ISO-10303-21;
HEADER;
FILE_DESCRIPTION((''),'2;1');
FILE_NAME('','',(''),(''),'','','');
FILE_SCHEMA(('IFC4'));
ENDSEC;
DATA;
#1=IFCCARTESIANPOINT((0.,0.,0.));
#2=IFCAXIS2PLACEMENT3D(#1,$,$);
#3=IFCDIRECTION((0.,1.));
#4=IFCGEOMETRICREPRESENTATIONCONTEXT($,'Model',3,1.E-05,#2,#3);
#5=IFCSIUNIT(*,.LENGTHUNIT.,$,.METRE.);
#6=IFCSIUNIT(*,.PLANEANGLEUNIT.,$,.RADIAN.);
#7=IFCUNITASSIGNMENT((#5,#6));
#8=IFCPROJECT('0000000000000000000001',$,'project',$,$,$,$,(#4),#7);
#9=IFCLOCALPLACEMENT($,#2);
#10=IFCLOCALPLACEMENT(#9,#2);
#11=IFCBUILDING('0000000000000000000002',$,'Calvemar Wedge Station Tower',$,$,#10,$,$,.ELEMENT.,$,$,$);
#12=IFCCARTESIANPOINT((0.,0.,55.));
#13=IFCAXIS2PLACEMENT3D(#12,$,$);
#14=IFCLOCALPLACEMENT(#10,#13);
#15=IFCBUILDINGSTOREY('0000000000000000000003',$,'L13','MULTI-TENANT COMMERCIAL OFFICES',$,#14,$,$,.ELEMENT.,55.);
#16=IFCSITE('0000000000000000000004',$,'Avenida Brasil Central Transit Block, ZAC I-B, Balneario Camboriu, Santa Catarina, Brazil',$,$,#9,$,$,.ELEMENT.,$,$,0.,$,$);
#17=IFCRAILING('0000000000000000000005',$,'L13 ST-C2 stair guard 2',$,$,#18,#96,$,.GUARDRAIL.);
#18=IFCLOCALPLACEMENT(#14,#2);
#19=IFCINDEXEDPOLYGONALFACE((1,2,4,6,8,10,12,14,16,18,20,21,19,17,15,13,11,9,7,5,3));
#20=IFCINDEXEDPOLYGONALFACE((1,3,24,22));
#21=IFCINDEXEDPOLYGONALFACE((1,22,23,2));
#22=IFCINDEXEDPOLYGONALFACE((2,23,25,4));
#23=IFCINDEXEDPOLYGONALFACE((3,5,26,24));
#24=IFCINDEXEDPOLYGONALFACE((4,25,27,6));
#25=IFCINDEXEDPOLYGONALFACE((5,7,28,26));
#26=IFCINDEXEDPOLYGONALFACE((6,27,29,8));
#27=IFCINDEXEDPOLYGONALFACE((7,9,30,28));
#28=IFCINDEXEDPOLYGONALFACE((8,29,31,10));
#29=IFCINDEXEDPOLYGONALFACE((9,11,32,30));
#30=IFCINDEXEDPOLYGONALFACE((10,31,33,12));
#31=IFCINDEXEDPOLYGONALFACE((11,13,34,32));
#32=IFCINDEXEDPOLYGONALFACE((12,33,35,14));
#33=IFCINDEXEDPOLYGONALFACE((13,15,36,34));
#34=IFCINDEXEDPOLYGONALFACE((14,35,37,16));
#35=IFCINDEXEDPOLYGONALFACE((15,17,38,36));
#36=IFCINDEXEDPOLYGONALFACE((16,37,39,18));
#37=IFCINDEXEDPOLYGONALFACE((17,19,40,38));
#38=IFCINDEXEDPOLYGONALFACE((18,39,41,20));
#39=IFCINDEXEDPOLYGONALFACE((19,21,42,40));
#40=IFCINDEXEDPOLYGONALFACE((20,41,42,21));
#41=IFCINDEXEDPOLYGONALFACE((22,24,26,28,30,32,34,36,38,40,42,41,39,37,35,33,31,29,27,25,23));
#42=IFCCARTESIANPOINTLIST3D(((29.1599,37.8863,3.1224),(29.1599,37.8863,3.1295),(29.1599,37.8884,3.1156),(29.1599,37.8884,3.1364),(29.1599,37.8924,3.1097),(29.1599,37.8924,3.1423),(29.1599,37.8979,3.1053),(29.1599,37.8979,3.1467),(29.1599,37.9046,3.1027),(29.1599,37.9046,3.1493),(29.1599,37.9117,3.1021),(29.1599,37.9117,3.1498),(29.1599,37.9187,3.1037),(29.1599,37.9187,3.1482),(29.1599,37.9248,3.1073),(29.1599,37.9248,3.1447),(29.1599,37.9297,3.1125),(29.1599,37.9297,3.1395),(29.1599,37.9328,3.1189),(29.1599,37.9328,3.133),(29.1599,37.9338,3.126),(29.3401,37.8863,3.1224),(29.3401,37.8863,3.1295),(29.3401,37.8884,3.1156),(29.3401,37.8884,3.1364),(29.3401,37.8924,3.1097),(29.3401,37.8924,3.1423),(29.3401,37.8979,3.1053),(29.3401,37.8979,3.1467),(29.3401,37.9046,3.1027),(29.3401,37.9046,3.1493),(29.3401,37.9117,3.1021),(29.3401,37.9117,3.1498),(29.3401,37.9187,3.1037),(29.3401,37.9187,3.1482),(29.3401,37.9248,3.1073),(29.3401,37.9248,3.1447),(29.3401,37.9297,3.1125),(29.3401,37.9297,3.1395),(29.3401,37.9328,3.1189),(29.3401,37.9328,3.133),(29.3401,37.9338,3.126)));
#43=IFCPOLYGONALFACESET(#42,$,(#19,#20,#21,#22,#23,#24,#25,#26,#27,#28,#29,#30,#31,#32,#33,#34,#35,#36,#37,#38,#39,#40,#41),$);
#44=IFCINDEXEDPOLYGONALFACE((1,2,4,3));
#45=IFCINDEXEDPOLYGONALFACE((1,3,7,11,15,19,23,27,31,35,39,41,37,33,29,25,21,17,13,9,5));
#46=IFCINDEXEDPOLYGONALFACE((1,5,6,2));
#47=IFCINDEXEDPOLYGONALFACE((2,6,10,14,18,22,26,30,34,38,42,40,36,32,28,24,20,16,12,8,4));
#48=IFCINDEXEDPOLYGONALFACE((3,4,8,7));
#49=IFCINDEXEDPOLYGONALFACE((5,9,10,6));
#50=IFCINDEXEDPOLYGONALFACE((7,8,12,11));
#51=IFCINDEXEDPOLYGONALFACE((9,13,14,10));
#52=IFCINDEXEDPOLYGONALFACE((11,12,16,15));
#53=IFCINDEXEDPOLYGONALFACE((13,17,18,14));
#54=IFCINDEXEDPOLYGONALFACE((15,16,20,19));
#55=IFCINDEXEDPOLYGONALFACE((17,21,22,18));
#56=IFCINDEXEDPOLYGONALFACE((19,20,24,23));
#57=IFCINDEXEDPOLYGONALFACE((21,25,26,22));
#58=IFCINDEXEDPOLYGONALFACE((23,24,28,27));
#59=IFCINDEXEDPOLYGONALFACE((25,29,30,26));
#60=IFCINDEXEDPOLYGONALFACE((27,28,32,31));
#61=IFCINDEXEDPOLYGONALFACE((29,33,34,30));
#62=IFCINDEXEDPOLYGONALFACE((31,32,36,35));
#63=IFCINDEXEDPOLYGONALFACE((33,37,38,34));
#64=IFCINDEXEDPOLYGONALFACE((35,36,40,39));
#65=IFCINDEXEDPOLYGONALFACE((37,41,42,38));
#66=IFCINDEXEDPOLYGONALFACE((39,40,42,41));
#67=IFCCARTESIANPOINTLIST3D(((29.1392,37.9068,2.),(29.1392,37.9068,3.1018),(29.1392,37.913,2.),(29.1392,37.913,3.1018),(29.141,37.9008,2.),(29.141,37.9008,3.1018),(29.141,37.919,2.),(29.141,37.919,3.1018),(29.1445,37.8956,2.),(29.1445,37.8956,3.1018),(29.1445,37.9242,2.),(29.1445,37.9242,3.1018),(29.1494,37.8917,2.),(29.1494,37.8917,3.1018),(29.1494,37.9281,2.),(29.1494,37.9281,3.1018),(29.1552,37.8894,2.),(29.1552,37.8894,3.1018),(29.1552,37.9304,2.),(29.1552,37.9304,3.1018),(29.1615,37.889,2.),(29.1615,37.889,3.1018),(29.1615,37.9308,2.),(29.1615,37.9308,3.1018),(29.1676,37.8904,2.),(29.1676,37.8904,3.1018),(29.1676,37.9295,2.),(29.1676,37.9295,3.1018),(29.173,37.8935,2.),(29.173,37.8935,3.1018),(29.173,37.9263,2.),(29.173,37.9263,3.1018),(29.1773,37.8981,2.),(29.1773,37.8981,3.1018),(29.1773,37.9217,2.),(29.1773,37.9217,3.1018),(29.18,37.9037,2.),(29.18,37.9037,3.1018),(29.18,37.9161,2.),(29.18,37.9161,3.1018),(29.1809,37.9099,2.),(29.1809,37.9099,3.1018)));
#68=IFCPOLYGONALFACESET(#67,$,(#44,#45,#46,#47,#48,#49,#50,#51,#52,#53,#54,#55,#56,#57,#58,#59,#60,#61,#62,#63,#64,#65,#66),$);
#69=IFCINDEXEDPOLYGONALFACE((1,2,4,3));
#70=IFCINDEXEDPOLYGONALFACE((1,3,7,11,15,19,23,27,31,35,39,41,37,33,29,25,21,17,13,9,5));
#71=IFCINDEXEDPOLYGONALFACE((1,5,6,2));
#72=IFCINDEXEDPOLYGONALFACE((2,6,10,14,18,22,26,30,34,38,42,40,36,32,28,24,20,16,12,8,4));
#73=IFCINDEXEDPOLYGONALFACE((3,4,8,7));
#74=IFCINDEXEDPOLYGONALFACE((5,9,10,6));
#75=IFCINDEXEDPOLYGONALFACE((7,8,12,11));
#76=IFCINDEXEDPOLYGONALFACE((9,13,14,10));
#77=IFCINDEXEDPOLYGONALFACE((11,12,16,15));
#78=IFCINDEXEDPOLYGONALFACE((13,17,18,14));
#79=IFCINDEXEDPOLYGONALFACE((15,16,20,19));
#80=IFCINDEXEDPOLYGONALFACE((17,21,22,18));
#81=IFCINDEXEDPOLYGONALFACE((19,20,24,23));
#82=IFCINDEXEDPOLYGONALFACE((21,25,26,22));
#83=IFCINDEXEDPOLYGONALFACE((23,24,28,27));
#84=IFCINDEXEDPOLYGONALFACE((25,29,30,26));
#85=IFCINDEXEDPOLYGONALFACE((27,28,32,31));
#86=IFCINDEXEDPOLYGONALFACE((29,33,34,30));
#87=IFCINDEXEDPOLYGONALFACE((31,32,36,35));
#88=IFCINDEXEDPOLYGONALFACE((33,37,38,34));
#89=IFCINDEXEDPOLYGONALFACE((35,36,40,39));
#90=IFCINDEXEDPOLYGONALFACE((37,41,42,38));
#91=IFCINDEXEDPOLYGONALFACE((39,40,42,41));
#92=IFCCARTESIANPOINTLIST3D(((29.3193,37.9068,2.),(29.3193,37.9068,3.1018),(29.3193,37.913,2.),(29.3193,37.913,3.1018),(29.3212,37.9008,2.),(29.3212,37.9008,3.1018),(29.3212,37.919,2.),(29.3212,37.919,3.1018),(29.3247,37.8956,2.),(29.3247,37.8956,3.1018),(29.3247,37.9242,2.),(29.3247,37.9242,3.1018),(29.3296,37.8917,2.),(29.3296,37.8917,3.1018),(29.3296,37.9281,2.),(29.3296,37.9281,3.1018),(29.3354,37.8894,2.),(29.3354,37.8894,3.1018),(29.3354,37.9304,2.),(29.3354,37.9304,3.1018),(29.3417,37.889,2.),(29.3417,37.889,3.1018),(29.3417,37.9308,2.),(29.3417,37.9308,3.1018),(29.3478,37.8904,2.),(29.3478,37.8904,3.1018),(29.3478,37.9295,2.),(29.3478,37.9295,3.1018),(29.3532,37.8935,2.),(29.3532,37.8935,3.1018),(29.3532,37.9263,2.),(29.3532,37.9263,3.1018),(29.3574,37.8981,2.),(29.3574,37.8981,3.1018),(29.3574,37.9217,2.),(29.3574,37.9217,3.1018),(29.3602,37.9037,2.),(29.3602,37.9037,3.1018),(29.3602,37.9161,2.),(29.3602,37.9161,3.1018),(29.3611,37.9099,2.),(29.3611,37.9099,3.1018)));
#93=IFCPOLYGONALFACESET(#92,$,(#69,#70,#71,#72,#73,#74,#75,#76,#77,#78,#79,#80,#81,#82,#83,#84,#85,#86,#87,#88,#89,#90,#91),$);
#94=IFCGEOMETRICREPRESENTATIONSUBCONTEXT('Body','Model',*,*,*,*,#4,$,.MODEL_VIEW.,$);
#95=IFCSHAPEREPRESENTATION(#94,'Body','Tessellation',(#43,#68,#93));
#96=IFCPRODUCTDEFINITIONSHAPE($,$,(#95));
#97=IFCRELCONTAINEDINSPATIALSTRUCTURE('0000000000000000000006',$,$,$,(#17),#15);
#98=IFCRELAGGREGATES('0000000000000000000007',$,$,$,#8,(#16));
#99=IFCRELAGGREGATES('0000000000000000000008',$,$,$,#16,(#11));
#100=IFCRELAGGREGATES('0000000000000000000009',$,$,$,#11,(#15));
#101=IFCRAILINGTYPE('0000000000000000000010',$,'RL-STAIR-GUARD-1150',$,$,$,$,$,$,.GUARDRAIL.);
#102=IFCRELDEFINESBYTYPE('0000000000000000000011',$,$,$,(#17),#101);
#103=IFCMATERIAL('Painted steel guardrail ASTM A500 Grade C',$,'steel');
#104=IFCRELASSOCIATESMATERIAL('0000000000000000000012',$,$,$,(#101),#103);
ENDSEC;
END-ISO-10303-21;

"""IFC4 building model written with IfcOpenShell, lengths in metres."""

from ifc_helpers import new_model, si_unit, direction, frame, origin, origin_2d, place, context, subcontext, project, spatial, circle, extrude, material, type_object, element, save


model = new_model("IFC4")

# Units and contexts
model_context = context("Model", 3, precision=1e-05, world=origin(), true_north=direction((0.0, 1.0)))
body_context = subcontext(model_context, "Body", "Model", "MODEL_VIEW")
ifc_project = project(units=[si_unit("LENGTHUNIT", "METRE"), si_unit("PLANEANGLEUNIT", "RADIAN")], contexts=[model_context])

# Site, building, storey
site_placement = place(None, origin())
site = spatial("IfcSite", under=ifc_project, at=site_placement, Name="Avenida Brasil Central Transit Block, ZAC I-B, Balneario Camboriu, Santa Catarina, Brazil", CompositionType="ELEMENT", RefElevation=0.0)
building_placement = place(site_placement, origin())
building = spatial("IfcBuilding", under=site, at=building_placement, Name="Calvemar Wedge Station Tower", CompositionType="ELEMENT")
storey_placement = place(building_placement, frame((0.0, 0.0, 55.0)))
storey = spatial("IfcBuildingStorey", under=building, at=storey_placement, Name="L13", Description="MULTI-TENANT COMMERCIAL OFFICES", CompositionType="ELEMENT", Elevation=55.0)

# Railing
ifc_material_1 = material(Name="Painted steel guardrail ASTM A500 Grade C", Category="steel")
railing_type_1 = type_object("IfcRailingType", Name="RL-STAIR-GUARD-1150", PredefinedType="GUARDRAIL", material=ifc_material_1)
railing_1_placement = place(storey_placement, frame((29.1599, 37.9099, 2.0)))
element("IfcRailing", 1, at=railing_1_placement, inside=storey, type_object=railing_type_1, Name="L13 ST-C2 stair guard 2", PredefinedType="GUARDRAIL", context=body_context, shape_type="SweptSolid", body=[
    extrude(circle(Radius=0.0239, at=origin_2d()), frame((0.0, 0.0, 1.126), z_axis=(1.0, 0.0, 0.0), x_axis=(0.0, 1.0, 0.0)), (0.0, 0.0, 1.0), 0.1802),
    extrude(circle(Radius=0.021, at=origin_2d()), origin(), (0.0, 0.0, 1.0), 1.1018),
    extrude(circle(Radius=0.021, at=origin_2d()), frame((0.1802, 0.0, 0.0)), (0.0, 0.0, 1.0), 1.1018),
])

save(model, "model.ifc")
